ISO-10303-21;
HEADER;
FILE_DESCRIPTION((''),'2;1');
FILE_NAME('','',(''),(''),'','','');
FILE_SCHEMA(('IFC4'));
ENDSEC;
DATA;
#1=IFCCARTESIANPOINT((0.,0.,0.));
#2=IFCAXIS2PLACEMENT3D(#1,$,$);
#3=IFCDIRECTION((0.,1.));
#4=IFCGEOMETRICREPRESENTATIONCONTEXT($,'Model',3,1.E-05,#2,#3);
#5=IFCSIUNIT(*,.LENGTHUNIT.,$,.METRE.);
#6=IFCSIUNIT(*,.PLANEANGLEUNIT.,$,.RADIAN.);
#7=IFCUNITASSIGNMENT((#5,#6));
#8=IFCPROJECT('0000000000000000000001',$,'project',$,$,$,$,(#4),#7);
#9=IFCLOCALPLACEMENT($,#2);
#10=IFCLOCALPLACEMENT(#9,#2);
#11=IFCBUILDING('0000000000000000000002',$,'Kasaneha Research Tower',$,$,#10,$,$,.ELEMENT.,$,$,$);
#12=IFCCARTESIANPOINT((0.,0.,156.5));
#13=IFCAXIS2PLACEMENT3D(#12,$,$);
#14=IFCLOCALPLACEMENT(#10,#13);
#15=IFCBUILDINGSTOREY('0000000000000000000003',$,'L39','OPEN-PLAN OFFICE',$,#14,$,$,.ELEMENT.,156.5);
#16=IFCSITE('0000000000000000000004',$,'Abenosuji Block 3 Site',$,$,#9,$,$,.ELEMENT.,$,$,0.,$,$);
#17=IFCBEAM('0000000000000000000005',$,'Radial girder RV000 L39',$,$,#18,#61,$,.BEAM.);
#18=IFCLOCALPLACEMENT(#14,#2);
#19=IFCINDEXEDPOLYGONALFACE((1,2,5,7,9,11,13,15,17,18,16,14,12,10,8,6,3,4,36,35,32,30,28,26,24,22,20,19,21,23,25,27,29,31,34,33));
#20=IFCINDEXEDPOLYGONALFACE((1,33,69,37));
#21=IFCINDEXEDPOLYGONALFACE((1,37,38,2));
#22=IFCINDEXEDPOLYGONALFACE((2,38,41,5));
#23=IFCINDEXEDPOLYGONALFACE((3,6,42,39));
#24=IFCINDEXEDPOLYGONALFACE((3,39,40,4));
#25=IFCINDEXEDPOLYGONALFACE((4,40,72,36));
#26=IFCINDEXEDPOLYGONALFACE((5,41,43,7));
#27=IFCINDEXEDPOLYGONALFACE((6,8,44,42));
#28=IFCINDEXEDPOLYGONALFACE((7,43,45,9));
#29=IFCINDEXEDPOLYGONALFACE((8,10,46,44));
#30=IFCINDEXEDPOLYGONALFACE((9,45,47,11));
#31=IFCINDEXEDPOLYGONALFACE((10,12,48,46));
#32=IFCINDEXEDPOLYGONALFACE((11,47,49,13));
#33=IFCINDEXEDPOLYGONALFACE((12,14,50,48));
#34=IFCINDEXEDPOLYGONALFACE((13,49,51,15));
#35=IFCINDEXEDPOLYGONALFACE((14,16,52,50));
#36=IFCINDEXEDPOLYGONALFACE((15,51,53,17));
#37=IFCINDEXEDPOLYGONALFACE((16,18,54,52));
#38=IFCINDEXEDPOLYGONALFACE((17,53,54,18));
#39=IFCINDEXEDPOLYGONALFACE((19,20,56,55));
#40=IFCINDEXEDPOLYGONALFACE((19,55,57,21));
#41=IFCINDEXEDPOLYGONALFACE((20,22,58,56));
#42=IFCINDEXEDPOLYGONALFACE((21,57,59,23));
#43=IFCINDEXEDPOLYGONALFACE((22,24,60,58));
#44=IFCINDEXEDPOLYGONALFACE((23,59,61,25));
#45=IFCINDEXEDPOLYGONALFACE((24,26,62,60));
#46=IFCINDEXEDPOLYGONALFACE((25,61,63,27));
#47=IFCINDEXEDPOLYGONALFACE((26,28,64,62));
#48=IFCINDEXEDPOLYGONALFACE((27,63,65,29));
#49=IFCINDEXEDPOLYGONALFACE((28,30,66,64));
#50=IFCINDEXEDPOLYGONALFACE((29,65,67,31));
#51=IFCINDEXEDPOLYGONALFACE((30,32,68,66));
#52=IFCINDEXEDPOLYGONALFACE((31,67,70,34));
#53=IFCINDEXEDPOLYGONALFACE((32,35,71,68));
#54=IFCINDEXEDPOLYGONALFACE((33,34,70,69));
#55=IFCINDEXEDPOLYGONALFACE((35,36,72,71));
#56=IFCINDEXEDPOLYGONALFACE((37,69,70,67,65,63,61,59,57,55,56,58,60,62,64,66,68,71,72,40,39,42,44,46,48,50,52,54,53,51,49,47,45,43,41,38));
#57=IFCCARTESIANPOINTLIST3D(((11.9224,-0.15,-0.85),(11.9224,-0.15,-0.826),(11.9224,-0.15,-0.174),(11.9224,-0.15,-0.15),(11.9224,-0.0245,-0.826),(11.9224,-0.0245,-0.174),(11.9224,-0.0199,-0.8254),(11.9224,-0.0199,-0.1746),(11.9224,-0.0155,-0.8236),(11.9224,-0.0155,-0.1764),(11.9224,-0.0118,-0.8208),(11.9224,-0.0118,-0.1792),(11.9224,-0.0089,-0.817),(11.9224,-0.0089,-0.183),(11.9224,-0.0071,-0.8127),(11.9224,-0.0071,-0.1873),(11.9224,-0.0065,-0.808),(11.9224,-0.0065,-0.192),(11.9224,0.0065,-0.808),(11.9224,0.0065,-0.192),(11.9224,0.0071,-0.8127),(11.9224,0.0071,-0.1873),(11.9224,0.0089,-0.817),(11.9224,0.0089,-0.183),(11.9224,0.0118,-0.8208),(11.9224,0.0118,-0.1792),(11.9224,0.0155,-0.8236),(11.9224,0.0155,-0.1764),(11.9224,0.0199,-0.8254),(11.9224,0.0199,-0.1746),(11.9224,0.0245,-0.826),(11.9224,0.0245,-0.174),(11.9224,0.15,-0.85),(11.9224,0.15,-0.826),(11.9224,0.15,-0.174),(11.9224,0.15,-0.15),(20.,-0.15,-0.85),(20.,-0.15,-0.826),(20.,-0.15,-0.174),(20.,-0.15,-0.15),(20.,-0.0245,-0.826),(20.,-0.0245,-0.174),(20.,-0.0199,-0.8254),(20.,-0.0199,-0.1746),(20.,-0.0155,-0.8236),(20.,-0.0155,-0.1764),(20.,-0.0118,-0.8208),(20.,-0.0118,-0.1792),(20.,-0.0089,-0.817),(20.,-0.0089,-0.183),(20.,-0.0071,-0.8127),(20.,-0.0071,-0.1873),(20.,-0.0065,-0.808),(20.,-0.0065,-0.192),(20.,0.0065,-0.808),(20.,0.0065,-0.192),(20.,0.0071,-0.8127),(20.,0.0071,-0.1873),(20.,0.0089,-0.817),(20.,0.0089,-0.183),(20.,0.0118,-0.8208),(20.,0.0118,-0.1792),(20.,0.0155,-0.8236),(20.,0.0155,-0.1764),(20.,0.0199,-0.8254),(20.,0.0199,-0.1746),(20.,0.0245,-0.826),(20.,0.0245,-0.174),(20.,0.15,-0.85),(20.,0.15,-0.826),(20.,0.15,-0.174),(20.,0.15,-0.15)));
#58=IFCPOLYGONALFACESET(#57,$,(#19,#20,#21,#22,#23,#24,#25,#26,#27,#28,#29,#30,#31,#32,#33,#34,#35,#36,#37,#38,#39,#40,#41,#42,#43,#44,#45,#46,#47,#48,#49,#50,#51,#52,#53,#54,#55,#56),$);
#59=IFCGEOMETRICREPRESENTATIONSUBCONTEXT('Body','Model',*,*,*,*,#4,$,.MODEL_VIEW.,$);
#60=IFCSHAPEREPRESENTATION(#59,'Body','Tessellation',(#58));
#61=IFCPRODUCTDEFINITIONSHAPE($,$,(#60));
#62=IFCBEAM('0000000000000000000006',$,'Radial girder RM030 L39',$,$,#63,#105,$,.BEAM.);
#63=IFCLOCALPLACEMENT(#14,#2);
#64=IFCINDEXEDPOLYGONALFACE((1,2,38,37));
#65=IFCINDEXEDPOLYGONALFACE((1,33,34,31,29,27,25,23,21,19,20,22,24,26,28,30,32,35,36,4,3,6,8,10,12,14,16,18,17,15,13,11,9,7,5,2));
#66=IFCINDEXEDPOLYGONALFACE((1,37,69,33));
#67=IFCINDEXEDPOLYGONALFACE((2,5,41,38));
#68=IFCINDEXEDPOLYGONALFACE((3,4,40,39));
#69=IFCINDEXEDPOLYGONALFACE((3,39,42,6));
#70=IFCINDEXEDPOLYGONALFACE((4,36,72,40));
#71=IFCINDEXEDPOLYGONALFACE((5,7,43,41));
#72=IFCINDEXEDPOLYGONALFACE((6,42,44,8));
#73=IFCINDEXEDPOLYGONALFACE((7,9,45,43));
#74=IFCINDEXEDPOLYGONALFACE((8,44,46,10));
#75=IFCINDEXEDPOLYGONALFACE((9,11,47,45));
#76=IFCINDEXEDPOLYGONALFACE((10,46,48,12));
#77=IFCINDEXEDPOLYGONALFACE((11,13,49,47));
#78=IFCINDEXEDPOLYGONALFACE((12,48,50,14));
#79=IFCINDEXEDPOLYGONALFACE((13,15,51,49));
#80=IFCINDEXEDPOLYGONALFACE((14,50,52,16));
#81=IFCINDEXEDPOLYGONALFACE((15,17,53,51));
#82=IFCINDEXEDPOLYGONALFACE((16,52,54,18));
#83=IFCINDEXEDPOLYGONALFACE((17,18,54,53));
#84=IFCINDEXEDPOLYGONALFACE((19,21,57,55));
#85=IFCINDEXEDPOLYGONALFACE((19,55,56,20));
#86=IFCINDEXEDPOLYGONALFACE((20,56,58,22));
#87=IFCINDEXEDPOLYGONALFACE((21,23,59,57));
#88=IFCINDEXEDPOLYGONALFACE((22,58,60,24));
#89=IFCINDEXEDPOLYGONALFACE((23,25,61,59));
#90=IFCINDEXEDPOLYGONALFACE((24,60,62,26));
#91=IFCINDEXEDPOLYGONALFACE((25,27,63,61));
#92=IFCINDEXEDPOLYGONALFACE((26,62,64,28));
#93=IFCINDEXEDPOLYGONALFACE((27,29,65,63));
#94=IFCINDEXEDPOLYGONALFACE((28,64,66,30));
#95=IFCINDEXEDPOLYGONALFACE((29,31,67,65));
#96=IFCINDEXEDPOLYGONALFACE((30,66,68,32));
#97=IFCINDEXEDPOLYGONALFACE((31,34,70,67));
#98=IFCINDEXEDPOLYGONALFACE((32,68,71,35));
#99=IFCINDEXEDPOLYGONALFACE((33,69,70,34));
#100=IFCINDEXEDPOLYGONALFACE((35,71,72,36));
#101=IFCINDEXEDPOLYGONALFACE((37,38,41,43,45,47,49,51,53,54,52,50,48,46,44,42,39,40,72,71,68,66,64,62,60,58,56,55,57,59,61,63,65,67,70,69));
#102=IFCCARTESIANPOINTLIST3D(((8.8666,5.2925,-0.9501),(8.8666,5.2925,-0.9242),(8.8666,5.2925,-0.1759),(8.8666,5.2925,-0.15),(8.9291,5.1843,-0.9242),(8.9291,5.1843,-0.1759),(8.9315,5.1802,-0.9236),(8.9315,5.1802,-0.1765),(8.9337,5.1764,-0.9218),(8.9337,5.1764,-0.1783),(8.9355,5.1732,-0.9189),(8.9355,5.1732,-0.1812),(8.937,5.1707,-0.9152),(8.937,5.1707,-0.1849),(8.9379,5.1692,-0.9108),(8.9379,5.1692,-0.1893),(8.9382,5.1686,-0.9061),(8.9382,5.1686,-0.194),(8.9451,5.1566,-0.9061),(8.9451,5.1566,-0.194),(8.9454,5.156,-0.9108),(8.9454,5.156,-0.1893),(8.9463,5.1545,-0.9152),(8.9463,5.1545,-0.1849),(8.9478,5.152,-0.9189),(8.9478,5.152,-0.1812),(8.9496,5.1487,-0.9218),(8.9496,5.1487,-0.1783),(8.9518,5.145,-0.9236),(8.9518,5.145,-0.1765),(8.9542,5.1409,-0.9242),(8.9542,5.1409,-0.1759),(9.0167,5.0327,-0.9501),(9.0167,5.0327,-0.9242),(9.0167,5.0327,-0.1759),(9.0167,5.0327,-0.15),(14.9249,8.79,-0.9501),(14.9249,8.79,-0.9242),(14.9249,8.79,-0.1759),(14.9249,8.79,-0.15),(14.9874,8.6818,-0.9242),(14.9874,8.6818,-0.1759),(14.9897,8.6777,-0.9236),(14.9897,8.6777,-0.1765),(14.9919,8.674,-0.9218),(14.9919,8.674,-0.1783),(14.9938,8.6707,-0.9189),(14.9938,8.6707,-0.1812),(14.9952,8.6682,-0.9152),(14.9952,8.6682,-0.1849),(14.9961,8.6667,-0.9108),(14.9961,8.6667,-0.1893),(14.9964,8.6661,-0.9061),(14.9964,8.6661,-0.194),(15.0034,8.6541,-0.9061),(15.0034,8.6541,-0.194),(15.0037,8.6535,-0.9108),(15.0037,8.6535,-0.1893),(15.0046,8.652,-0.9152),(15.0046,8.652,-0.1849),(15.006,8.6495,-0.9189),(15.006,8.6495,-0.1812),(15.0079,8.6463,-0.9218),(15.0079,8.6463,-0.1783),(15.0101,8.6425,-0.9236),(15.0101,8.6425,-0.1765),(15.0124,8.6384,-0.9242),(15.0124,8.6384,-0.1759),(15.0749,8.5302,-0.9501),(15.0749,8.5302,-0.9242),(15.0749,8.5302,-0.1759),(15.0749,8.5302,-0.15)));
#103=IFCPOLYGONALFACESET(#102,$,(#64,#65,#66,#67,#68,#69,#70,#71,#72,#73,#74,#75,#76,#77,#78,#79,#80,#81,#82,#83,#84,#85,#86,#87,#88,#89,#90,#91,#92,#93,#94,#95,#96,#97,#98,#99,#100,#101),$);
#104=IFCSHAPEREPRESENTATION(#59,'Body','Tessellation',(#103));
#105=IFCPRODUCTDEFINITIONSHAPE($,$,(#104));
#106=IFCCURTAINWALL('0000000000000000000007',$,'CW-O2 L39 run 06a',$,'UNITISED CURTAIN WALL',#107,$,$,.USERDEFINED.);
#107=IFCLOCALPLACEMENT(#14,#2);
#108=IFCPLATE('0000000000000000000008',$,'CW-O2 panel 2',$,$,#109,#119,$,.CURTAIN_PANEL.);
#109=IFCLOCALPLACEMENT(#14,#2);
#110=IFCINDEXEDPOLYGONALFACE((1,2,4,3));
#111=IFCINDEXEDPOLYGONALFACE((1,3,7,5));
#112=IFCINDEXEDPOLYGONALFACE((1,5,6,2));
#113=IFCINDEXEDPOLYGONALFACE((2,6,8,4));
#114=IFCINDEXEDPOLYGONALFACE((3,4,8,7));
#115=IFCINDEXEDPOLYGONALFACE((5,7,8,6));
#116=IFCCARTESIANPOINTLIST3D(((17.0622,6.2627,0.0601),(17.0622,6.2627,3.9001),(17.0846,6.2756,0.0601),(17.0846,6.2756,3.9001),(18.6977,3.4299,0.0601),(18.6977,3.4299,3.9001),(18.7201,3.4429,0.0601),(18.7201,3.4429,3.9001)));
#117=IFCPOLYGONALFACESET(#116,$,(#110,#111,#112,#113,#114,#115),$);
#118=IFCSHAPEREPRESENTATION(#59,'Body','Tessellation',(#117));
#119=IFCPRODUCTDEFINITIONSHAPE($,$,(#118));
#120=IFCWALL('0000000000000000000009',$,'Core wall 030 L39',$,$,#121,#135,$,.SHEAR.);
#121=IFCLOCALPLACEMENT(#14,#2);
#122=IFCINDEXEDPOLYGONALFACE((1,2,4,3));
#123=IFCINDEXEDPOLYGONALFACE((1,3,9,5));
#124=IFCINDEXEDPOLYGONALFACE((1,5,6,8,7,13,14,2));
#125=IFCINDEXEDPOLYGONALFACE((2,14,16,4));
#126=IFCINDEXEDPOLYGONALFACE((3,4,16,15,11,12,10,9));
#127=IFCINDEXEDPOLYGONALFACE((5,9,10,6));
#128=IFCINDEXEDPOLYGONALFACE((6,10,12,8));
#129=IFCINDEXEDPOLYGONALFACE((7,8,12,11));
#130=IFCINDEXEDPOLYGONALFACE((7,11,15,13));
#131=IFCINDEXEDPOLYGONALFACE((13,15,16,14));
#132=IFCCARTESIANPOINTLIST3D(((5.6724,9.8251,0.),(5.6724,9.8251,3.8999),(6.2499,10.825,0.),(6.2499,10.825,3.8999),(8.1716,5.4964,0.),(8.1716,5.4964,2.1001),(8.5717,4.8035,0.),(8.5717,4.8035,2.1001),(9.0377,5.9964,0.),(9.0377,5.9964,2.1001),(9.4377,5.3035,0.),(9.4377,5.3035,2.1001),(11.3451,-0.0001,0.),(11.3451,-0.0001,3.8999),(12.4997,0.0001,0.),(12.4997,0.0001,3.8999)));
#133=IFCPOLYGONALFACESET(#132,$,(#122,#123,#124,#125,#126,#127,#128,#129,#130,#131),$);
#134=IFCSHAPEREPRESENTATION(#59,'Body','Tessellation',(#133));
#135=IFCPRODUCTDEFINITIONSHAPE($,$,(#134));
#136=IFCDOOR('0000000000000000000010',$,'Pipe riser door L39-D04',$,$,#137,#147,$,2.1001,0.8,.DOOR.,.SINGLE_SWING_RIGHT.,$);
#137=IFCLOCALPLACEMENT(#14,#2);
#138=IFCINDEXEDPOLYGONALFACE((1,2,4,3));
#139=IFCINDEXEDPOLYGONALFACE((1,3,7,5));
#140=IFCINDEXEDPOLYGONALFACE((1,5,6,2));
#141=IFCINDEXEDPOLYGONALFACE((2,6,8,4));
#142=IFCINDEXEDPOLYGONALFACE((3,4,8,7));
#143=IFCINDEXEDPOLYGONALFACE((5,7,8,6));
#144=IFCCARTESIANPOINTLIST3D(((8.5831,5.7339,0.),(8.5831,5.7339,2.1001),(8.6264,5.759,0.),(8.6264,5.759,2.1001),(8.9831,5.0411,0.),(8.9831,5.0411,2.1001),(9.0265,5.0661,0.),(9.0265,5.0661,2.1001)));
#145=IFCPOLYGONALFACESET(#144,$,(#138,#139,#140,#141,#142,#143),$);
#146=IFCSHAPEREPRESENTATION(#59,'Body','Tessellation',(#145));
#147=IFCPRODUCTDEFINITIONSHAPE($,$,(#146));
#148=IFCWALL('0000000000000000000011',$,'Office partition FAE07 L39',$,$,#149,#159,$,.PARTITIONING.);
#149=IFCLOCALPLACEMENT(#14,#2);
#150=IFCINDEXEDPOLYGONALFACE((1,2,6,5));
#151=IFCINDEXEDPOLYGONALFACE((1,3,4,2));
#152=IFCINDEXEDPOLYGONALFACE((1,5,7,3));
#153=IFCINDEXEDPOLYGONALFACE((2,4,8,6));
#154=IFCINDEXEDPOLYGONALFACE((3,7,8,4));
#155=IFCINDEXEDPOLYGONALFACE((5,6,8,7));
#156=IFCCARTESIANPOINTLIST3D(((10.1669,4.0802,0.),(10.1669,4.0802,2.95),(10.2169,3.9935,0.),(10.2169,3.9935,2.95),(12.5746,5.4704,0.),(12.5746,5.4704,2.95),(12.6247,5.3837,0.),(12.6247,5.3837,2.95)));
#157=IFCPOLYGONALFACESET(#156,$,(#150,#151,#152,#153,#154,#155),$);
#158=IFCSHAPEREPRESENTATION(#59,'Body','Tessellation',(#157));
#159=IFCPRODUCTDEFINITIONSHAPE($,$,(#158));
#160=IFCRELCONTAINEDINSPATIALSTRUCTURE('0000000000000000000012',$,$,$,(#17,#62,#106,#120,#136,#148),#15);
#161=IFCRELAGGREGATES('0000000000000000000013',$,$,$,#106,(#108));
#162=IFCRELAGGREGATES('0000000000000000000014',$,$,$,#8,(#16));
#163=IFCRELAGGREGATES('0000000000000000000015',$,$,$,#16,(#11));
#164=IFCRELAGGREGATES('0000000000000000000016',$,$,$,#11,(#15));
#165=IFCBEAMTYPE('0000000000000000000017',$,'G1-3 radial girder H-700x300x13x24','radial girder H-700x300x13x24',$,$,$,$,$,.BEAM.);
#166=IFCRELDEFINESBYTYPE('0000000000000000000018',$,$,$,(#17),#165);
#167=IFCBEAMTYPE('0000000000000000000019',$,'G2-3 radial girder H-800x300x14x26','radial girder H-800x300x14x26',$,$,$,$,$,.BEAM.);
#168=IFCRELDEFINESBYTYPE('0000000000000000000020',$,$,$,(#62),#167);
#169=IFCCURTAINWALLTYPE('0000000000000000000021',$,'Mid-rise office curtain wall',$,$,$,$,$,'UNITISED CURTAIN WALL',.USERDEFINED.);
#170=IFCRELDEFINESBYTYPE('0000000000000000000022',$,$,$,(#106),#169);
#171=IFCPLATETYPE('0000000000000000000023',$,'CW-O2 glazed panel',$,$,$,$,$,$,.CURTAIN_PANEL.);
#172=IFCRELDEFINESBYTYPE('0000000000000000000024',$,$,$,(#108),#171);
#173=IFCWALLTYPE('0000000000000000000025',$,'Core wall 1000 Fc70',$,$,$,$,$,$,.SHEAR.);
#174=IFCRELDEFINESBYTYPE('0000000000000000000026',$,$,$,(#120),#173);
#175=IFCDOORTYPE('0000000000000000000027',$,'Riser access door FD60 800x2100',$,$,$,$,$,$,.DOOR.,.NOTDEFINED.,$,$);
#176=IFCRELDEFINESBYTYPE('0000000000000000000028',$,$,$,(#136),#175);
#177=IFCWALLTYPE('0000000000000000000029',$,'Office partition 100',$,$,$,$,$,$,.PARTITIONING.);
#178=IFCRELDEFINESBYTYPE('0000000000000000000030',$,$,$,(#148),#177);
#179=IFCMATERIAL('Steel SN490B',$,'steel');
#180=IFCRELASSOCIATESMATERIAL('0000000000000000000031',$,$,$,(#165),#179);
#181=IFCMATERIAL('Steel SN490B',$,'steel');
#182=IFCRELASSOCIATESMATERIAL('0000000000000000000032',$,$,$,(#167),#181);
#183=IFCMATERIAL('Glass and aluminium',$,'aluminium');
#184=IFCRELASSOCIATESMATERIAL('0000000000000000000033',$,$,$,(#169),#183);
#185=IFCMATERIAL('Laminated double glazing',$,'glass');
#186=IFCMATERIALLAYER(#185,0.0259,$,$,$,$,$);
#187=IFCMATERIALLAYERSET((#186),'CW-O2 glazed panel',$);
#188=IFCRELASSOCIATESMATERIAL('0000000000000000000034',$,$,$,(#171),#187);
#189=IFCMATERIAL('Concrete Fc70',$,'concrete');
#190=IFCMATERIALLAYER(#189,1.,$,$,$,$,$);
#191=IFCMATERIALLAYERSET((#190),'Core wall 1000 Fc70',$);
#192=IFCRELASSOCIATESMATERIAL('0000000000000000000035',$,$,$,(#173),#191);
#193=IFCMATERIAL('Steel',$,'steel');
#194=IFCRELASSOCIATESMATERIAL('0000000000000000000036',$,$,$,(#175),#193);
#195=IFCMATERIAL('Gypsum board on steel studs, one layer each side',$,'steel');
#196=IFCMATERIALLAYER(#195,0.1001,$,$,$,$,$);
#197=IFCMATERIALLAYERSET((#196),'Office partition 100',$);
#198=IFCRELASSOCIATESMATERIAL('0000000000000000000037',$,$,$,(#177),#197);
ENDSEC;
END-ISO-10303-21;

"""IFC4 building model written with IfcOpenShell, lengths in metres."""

from ifc_helpers import new_model, si_unit, direction, frame, frame_2d, origin, origin_2d, place, context, subcontext, project, spatial, polyline, rectangle, i_section, outline, extrude, material, layer, layer_set, material_profile, profile_set, type_object, element, fill, aggregate, save


model = new_model("IFC4")

# Units and contexts
model_context = context("Model", 3, precision=1e-05, world=origin(), true_north=direction((0.0, 1.0)))
body_context = subcontext(model_context, "Body", "Model", "MODEL_VIEW")
ifc_project = project(units=[si_unit("LENGTHUNIT", "METRE"), si_unit("PLANEANGLEUNIT", "RADIAN")], contexts=[model_context])

# Site, building, storey
site_placement = place(None, origin())
site = spatial("IfcSite", under=ifc_project, at=site_placement, Name="Abenosuji Block 3 Site", CompositionType="ELEMENT", RefElevation=0.0)
building_placement = place(site_placement, origin())
building = spatial("IfcBuilding", under=site, at=building_placement, Name="Kasaneha Research Tower", CompositionType="ELEMENT")
storey_placement = place(building_placement, frame((0.0, 0.0, 156.5)))
storey = spatial("IfcBuildingStorey", under=building, at=storey_placement, Name="L39", Description="OPEN-PLAN OFFICE", CompositionType="ELEMENT", Elevation=156.5)

# Beams
ifc_material_1 = material(Name="Steel SN490B", Category="steel")
ifc_material_profile_1 = material_profile(ifc_material_1, i_section(OverallWidth=0.3, OverallDepth=0.7, WebThickness=0.0129, FlangeThickness=0.0239, FilletRadius=0.0181, at=origin_2d()), Name="H-700x300x13x24")
ifc_profile_set_1 = profile_set([ifc_material_profile_1], Name="Steel SN490B")
beam_type_1 = type_object("IfcBeamType", Name="G1-3 radial girder H-700x300x13x24", Description="radial girder H-700x300x13x24", PredefinedType="BEAM", material=ifc_profile_set_1)
beam_1_placement = place(storey_placement, frame((11.9224, 0.0, -0.5), z_axis=(1.0, 0.0, 0.0), x_axis=(0.0, 1.0, 0.0)))
element("IfcBeam", 1, at=beam_1_placement, inside=storey, type_object=beam_type_1, Name="Radial girder RV000 L39", PredefinedType="BEAM", context=body_context, shape_type="SweptSolid", body=[
    extrude(i_section(OverallWidth=0.3, OverallDepth=0.7, WebThickness=0.0129, FlangeThickness=0.0239, FilletRadius=0.0181, at=origin_2d()), origin(), (0.0, 0.0, 1.0), 8.0776),
])
ifc_material_2 = material(Name="Steel SN490B", Category="steel")
ifc_material_profile_2 = material_profile(ifc_material_2, i_section(OverallWidth=0.3, OverallDepth=0.8, WebThickness=0.0139, FlangeThickness=0.0259, FilletRadius=0.0181, at=origin_2d()), Name="H-800x300x14x26")
ifc_profile_set_2 = profile_set([ifc_material_profile_2], Name="Steel SN490B")
beam_type_2 = type_object("IfcBeamType", Name="G2-3 radial girder H-800x300x14x26", Description="radial girder H-800x300x14x26", PredefinedType="BEAM", material=ifc_profile_set_2)
beam_2_placement = place(storey_placement, frame((8.9417, 5.1626, -0.55), z_axis=(0.86604, 0.499975, 0.0), x_axis=(-0.499975, 0.86604, 0.0)))
element("IfcBeam", 2, at=beam_2_placement, inside=storey, type_object=beam_type_2, Name="Radial girder RM030 L39", PredefinedType="BEAM", context=body_context, shape_type="SweptSolid", body=[
    extrude(i_section(OverallWidth=0.3, OverallDepth=0.8, WebThickness=0.0139, FlangeThickness=0.0259, FilletRadius=0.0181, at=origin_2d()), origin(), (0.0, 0.0, 1.0), 6.9954),
])

# Curtain wall, plate
ifc_material_3 = material(Name="Glass and aluminium", Category="aluminium")
curtain_wall_type = type_object("IfcCurtainWallType", Name="Mid-rise office curtain wall", ElementType="UNITISED CURTAIN WALL", PredefinedType="USERDEFINED", material=ifc_material_3)
curtain_wall_placement = place(storey_placement, origin())
curtain_wall = element("IfcCurtainWall", 3, at=curtain_wall_placement, inside=storey, type_object=curtain_wall_type, Name="CW-O2 L39 run 06a", ObjectType="UNITISED CURTAIN WALL", PredefinedType="USERDEFINED")
ifc_material_4 = material(Name="Laminated double glazing", Category="glass")
ifc_layer_1 = layer(ifc_material_4, 0.0259)
ifc_layer_set_1 = layer_set([ifc_layer_1], Name="CW-O2 glazed panel")
plate_type = type_object("IfcPlateType", Name="CW-O2 glazed panel", PredefinedType="CURTAIN_PANEL", material=ifc_layer_set_1)
plate_placement = place(storey_placement, frame((17.8911, 4.8528, 0.0601), z_axis=(0.0, 0.0, 1.0), x_axis=(-0.5, 0.866025, 0.0)))
plate = element("IfcPlate", 4, at=plate_placement, type_object=plate_type, Name="CW-O2 panel 2", PredefinedType="CURTAIN_PANEL", context=body_context, shape_type="SweptSolid", body=[
    extrude(rectangle(XDim=3.271, YDim=0.0259, at=origin_2d()), origin(), (0.0, 0.0, 1.0), 3.8401),
])
aggregate(curtain_wall, [plate])

# Wall, opening, door
ifc_material_5 = material(Name="Concrete Fc70", Category="concrete")
ifc_layer_2 = layer(ifc_material_5, 1.0)
ifc_layer_set_2 = layer_set([ifc_layer_2], Name="Core wall 1000 Fc70")
wall_type_1 = type_object("IfcWallType", Name="Core wall 1000 Fc70", PredefinedType="SHEAR", material=ifc_layer_set_2)
wall_1_placement = place(storey_placement, frame((11.9224, 0.0, 0.0), z_axis=(0.0, 0.0, 1.0), x_axis=(-0.500004, 0.866023, 0.0)))
wall_1 = element("IfcWall", 5, at=wall_1_placement, inside=storey, type_object=wall_type_1, Name="Core wall 030 L39", PredefinedType="SHEAR", context=body_context, shape_type="SweptSolid", body=[
    extrude(outline(polyline([(-0.2886, -0.5), (5.8354, -0.5), (6.6355, -0.5), (12.2109, -0.5), (11.6338, 0.5), (6.6355, 0.5), (5.8354, 0.5), (0.2886, 0.5), (-0.2886, -0.5)])), origin(), (0.0, 0.0, 1.0), 3.8999),
])
opening_1_placement = place(wall_1_placement, frame((5.8354, 0.0, 0.0)))
opening_1 = element("IfcOpeningElement", 6, at=opening_1_placement, cuts=wall_1, PredefinedType="OPENING", context=body_context, shape_type="SweptSolid", body=[
    extrude(rectangle(XDim=0.8, YDim=2.1001, at=frame_2d((0.3999, 1.05))), frame((0.0, 0.51, 0.0), z_axis=(0.0, -1.0, 0.0), x_axis=(1.0, 0.0, 0.0)), (0.0, 0.0, 1.0), 1.02),
])
ifc_material_6 = material(Name="Steel", Category="steel")
door_type_1 = type_object("IfcDoorType", Name="Riser access door FD60 800x2100", OperationType="NOTDEFINED", PredefinedType="DOOR", material=ifc_material_6)
door_1_placement = place(opening_1_placement, origin())
door_1 = element("IfcDoor", 7, at=door_1_placement, inside=storey, type_object=door_type_1, Name="Pipe riser door L39-D04", OperationType="SINGLE_SWING_RIGHT", OverallHeight=2.1001, OverallWidth=0.8, PredefinedType="DOOR", context=body_context, shape_type="SweptSolid", body=[
    extrude(rectangle(XDim=0.8, YDim=2.1001, at=frame_2d((0.3999, 1.05))), frame((0.0, 0.0249, 0.0), z_axis=(0.0, -1.0, 0.0), x_axis=(1.0, 0.0, 0.0)), (0.0, 0.0, 1.0), 0.05),
])
fill(opening_1, door_1)

# Wall
ifc_material_7 = material(Name="Gypsum board on steel studs, one layer each side", Category="steel")
ifc_layer_3 = layer(ifc_material_7, 0.1001)
ifc_layer_set_3 = layer_set([ifc_layer_3], Name="Office partition 100")
wall_type_2 = type_object("IfcWallType", Name="Office partition 100", PredefinedType="PARTITIONING", material=ifc_layer_set_3)
wall_2_placement = place(storey_placement, frame((10.1919, 4.0369, 0.0), z_axis=(0.0, 0.0, 1.0), x_axis=(0.866019, 0.500011, 0.0)))
element("IfcWall", 8, at=wall_2_placement, inside=storey, type_object=wall_type_2, Name="Office partition FAE07 L39", PredefinedType="PARTITIONING", context=body_context, shape_type="SweptSolid", body=[
    extrude(rectangle(XDim=2.7803, YDim=0.1001, at=frame_2d((1.3901, 0.0))), origin(), (0.0, 0.0, 1.0), 2.95),
])

save(model, "model.ifc")
